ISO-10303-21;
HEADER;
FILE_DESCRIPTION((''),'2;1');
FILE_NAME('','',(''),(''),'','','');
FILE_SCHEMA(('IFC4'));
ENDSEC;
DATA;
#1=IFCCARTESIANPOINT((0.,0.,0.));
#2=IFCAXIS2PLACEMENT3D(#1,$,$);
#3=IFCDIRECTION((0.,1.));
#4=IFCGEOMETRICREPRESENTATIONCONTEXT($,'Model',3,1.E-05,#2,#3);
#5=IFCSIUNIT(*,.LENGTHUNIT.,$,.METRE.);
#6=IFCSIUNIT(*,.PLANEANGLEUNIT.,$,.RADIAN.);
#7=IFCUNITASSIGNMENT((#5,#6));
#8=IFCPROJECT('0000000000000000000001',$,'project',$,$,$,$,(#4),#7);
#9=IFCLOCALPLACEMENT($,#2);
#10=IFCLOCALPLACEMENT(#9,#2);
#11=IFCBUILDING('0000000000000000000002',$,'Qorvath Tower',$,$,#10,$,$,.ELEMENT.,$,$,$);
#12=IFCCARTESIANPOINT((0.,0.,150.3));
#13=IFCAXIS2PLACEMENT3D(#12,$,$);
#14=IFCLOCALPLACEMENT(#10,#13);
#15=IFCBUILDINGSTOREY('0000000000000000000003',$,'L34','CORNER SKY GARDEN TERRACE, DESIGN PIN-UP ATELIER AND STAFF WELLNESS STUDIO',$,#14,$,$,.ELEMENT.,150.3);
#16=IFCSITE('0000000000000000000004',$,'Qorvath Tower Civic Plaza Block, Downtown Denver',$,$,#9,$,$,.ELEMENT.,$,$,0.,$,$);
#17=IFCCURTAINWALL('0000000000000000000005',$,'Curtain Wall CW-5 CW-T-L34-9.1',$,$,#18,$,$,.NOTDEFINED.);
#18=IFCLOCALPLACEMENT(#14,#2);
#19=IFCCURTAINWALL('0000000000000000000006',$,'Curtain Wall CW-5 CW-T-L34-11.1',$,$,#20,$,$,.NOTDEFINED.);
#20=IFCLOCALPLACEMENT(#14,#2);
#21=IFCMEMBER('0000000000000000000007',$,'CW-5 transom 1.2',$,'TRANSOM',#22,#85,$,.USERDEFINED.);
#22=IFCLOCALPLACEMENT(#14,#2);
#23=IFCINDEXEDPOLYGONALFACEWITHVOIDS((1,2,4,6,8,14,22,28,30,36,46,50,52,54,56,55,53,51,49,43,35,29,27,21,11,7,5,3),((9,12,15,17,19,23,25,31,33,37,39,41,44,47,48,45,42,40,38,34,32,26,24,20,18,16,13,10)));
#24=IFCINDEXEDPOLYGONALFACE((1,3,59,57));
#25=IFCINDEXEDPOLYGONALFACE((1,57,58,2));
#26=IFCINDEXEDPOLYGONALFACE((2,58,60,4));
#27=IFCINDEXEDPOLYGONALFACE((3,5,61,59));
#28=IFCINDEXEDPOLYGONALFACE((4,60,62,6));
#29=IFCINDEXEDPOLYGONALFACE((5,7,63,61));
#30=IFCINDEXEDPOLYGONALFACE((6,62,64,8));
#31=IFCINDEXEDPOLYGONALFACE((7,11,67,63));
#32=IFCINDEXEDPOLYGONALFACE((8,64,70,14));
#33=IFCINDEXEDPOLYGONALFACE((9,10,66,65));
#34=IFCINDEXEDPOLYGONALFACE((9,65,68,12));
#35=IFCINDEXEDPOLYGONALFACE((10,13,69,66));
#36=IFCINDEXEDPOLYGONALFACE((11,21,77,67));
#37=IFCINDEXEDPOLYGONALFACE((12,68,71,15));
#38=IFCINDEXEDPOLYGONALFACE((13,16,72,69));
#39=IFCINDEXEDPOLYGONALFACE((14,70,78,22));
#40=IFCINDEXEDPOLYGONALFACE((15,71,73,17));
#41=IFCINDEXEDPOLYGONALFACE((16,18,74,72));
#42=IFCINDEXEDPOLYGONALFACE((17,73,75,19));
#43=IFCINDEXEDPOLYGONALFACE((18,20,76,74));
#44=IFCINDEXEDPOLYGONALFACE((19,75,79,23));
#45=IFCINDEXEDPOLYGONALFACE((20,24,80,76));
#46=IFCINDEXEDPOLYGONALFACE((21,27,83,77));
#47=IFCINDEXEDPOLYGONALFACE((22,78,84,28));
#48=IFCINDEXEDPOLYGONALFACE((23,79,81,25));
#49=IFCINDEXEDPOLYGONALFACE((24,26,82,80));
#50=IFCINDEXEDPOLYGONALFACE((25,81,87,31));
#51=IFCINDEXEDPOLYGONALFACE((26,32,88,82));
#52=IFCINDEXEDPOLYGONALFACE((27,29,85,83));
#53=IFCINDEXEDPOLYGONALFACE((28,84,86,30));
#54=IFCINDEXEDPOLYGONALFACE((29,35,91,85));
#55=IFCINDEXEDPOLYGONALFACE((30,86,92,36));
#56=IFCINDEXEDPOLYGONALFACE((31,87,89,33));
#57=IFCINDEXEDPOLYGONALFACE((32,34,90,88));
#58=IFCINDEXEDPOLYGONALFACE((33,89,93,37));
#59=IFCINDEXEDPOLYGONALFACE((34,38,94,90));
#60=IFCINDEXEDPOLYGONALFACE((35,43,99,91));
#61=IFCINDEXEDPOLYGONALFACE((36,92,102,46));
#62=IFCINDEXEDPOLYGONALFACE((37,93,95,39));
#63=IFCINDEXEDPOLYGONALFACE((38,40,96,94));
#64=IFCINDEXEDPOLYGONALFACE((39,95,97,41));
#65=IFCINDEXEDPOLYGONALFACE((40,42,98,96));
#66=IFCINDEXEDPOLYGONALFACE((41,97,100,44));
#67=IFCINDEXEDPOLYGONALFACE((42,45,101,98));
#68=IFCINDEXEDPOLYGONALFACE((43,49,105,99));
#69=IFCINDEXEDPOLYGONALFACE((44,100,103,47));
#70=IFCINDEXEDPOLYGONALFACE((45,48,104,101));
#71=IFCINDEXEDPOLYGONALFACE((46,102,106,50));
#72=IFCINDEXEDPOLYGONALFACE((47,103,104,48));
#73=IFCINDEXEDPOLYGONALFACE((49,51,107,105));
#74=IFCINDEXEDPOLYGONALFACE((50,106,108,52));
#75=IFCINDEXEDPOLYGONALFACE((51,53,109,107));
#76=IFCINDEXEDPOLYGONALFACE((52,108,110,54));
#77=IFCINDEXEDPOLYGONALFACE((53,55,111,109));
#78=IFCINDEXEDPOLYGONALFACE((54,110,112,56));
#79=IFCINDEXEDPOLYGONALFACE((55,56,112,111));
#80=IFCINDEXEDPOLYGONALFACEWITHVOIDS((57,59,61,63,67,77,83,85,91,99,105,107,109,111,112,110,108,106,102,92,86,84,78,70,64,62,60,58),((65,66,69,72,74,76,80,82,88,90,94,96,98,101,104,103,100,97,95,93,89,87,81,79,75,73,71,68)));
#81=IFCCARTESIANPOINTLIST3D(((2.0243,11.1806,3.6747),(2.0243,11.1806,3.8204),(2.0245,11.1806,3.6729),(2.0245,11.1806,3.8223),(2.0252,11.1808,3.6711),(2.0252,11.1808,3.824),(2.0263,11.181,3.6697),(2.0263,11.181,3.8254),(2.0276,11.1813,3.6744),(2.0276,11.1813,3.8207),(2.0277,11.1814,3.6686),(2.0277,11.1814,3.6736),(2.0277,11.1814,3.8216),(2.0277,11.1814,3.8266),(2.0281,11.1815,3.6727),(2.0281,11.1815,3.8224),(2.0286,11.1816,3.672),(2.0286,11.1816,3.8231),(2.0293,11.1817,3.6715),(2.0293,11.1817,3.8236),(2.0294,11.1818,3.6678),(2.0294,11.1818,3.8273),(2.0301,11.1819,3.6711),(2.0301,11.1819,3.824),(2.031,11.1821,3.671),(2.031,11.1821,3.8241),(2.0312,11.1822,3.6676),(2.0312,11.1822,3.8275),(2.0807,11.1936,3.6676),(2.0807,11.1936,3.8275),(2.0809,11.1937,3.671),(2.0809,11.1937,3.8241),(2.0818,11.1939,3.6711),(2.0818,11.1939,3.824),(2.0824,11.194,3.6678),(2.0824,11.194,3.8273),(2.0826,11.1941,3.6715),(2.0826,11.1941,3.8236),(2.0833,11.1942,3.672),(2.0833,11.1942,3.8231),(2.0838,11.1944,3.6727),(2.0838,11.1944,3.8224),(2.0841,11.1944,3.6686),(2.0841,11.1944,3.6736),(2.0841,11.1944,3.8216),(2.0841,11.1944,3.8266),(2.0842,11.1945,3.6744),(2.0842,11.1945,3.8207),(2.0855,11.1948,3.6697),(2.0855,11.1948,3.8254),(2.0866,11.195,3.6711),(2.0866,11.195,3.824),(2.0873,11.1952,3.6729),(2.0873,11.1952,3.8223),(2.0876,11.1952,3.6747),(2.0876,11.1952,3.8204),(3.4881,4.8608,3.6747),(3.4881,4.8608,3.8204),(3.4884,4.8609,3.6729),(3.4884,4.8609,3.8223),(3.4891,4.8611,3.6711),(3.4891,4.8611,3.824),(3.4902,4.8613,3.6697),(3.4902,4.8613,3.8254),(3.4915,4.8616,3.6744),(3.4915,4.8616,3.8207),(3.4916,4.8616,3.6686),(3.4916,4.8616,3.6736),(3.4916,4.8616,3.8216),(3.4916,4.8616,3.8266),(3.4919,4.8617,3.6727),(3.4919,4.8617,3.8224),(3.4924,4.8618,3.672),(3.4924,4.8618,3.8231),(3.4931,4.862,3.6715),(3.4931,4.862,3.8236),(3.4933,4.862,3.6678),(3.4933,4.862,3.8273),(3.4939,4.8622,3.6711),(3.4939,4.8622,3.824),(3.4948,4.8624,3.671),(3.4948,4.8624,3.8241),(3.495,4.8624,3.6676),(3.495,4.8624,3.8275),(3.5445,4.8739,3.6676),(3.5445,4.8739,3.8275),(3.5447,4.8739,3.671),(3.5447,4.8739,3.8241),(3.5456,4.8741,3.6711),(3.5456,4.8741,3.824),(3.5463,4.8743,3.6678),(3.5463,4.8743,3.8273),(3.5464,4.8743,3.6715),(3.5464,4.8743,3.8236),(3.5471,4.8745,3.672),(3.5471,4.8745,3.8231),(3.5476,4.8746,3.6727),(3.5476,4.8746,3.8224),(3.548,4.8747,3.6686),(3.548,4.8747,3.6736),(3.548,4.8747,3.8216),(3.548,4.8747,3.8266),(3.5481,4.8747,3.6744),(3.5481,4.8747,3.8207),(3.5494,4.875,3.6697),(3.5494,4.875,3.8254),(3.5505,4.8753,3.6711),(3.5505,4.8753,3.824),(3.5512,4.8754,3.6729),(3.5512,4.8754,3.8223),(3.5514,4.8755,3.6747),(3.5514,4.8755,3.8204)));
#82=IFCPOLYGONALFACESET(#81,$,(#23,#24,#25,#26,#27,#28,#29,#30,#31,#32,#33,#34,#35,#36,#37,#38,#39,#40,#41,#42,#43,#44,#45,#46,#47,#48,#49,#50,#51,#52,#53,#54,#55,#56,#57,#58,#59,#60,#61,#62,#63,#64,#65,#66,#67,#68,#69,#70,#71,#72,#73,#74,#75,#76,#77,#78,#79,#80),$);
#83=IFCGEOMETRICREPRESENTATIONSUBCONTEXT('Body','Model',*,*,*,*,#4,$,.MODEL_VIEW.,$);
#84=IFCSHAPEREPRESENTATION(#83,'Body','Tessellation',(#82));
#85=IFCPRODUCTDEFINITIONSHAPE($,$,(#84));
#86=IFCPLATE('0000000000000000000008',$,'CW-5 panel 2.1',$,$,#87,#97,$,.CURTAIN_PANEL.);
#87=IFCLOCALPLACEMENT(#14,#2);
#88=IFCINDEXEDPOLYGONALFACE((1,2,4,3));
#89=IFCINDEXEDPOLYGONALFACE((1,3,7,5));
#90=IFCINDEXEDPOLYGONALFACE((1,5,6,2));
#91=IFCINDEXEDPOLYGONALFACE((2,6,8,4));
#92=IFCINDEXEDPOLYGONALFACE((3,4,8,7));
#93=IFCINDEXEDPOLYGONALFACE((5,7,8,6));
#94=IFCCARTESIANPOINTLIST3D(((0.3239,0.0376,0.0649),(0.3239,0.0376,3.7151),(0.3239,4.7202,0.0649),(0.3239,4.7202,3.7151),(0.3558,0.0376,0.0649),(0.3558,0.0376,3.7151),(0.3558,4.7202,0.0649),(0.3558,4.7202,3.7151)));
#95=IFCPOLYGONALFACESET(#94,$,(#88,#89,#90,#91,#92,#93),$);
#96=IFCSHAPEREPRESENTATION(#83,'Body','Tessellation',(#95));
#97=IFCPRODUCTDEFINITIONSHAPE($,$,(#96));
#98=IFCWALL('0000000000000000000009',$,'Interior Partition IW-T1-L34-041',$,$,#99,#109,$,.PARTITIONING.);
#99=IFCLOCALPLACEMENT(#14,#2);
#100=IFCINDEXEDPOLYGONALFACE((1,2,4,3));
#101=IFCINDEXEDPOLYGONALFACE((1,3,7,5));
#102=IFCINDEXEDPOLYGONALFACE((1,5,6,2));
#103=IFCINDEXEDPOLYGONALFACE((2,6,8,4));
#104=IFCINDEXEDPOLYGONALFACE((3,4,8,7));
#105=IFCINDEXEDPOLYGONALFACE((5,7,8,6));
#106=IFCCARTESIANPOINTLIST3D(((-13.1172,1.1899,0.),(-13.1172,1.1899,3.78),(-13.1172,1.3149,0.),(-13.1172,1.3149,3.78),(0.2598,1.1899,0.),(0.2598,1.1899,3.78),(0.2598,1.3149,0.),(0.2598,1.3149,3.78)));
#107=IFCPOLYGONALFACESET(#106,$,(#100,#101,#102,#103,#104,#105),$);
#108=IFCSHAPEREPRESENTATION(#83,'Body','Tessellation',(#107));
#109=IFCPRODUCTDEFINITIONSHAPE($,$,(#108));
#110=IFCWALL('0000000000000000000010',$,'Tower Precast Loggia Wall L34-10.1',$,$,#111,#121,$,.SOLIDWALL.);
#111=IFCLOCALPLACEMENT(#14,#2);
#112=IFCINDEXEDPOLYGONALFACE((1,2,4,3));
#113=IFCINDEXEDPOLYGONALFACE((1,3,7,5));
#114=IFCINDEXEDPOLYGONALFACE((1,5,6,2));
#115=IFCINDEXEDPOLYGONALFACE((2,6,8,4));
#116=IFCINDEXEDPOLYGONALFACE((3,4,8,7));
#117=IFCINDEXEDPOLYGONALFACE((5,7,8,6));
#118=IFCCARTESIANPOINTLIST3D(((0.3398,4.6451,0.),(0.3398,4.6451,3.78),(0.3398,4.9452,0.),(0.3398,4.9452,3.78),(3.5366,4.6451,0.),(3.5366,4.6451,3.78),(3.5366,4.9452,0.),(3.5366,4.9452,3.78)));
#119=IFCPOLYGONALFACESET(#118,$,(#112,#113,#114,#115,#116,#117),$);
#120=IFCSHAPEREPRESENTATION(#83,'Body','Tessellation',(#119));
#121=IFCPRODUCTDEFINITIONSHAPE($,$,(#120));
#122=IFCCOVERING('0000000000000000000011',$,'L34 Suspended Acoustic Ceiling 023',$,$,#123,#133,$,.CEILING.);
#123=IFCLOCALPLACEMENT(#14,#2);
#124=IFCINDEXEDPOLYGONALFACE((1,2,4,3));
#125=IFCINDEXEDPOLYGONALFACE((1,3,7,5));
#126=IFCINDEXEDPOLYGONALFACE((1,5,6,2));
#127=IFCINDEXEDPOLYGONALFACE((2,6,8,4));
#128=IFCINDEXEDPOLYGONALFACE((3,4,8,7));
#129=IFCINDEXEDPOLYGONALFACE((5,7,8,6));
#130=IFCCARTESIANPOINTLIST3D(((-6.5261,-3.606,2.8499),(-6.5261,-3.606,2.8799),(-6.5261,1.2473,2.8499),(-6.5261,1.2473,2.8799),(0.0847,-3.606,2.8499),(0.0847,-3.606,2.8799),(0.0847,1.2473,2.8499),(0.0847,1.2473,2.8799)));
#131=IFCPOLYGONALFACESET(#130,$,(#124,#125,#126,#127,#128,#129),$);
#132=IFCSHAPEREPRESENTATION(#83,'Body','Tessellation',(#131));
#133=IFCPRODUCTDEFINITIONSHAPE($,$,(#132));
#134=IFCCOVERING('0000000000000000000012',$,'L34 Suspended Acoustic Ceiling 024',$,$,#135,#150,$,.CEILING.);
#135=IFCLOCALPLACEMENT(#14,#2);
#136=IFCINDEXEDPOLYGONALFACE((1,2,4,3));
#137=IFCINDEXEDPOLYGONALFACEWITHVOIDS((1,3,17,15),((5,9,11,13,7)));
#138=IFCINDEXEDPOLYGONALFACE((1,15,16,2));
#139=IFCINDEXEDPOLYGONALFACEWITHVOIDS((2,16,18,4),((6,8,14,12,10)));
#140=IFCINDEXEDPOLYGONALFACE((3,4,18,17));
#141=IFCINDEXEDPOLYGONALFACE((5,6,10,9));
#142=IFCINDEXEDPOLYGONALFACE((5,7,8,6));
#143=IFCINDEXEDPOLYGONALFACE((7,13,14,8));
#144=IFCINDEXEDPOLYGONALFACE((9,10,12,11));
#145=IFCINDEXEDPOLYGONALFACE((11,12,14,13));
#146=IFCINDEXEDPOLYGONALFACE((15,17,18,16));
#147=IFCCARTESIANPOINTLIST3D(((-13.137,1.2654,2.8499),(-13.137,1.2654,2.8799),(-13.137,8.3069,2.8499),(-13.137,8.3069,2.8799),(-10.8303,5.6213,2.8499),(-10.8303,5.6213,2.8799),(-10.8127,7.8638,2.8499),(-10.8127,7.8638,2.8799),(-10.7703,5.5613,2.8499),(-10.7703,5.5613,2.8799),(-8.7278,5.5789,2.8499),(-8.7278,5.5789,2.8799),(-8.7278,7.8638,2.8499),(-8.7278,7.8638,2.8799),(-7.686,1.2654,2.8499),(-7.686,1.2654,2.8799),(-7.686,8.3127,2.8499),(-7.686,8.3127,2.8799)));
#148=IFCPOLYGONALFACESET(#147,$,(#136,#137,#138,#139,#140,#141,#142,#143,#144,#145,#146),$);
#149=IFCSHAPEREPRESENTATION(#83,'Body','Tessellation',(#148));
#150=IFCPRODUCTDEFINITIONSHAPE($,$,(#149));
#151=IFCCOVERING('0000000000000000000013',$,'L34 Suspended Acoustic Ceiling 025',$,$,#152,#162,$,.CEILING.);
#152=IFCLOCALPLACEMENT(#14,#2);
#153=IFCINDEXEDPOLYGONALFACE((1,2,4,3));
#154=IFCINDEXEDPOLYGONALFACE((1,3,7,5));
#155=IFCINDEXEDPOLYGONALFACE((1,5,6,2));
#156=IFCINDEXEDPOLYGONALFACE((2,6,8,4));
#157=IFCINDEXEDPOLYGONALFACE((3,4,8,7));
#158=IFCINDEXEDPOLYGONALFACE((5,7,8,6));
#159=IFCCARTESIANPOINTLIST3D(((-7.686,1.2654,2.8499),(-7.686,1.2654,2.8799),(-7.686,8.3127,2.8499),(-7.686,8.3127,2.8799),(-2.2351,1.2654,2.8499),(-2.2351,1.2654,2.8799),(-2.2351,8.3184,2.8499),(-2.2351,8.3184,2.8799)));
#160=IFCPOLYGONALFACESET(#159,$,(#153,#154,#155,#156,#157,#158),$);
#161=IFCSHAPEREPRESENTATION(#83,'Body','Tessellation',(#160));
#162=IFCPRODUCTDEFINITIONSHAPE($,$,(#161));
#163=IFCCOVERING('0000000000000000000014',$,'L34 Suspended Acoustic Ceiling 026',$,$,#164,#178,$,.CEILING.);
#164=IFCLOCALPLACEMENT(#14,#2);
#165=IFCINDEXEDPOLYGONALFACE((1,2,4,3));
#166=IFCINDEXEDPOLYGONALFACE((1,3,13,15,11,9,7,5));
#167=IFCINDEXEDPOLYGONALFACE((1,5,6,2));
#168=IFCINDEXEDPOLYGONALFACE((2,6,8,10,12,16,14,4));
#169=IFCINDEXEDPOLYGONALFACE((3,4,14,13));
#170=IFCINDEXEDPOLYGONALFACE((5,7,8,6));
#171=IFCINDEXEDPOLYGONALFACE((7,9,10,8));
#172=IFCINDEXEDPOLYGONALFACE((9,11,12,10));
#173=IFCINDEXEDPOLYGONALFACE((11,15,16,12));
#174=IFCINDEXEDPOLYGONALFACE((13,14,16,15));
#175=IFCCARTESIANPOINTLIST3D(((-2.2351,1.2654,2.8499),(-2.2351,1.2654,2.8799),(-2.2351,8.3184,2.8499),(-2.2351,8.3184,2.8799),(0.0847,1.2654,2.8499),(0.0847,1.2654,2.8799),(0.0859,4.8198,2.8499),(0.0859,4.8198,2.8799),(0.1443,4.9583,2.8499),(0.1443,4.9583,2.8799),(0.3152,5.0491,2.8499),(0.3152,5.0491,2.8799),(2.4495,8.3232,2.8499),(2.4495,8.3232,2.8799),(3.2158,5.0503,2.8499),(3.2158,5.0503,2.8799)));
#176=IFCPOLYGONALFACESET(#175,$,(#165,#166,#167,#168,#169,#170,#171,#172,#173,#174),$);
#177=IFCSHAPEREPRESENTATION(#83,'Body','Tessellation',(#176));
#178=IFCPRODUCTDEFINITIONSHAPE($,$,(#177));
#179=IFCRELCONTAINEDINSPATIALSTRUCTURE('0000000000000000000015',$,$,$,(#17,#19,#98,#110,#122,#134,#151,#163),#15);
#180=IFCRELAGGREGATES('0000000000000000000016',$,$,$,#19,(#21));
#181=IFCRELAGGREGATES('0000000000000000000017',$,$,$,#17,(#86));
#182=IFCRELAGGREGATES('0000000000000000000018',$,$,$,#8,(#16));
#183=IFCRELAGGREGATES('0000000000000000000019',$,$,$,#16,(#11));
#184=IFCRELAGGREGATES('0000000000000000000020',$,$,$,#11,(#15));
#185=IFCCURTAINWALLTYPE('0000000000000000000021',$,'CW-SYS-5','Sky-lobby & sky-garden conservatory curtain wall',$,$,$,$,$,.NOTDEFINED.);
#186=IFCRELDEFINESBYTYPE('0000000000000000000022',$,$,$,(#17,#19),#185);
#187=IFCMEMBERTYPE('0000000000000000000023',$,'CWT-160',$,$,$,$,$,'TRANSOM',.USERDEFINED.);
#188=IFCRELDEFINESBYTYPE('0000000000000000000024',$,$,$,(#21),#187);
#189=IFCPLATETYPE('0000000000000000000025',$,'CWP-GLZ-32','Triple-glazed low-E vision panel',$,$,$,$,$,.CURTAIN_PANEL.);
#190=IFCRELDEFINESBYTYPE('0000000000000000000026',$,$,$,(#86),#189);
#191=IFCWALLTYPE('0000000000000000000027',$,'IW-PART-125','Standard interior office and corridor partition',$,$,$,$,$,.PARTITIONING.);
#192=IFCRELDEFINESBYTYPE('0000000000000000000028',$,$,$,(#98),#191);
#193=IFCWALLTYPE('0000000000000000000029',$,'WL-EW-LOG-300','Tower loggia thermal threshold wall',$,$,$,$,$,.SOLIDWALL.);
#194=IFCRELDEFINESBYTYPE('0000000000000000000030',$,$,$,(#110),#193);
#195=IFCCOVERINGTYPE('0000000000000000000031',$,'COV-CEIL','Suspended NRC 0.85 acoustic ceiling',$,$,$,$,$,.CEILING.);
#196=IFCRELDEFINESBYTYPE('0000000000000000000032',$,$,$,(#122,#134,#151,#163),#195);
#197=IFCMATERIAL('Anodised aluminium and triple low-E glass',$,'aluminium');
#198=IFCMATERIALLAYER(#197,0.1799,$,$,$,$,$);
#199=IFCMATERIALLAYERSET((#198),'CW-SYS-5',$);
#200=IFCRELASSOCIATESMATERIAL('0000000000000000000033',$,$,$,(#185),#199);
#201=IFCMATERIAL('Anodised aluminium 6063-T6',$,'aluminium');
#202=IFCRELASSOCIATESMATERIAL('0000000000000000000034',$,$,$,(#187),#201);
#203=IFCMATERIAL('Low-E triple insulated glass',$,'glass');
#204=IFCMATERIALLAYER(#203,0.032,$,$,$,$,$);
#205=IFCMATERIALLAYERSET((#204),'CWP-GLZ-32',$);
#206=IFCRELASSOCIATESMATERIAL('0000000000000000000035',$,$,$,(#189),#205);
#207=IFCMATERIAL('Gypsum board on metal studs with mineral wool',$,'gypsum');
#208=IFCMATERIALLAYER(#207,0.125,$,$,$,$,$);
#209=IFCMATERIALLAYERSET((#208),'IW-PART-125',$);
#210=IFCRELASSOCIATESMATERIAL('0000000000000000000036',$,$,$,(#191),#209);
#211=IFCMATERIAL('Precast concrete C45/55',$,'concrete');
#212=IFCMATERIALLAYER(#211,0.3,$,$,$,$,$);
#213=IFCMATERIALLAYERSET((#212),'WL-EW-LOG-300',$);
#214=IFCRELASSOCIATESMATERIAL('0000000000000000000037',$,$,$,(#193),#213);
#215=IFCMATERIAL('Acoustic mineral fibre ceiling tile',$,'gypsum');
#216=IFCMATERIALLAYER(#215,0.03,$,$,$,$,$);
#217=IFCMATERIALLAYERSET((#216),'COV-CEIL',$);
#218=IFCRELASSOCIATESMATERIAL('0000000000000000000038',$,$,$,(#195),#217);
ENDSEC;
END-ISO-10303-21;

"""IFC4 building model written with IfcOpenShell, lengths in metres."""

from ifc_helpers import new_model, si_unit, direction, frame, frame_2d, origin, origin_2d, place, context, subcontext, project, spatial, polyline, rectangle, hollow_rectangle, outline, extrude, material, layer, layer_set, material_profile, profile_set, type_object, element, aggregate, save


model = new_model("IFC4")

# Units and contexts
model_context = context("Model", 3, precision=1e-05, world=origin(), true_north=direction((0.0, 1.0)))
body_context = subcontext(model_context, "Body", "Model", "MODEL_VIEW")
ifc_project = project(units=[si_unit("LENGTHUNIT", "METRE"), si_unit("PLANEANGLEUNIT", "RADIAN")], contexts=[model_context])

# Site, building, storey
site_placement = place(None, origin())
site = spatial("IfcSite", under=ifc_project, at=site_placement, Name="Qorvath Tower Civic Plaza Block, Downtown Denver", CompositionType="ELEMENT", RefElevation=0.0)
building_placement = place(site_placement, origin())
building = spatial("IfcBuilding", under=site, at=building_placement, Name="Qorvath Tower", CompositionType="ELEMENT")
storey_placement = place(building_placement, frame((0.0, 0.0, 150.3)))
storey = spatial("IfcBuildingStorey", under=building, at=storey_placement, Name="L34", Description="CORNER SKY GARDEN TERRACE, DESIGN PIN-UP ATELIER AND STAFF WELLNESS STUDIO", CompositionType="ELEMENT", Elevation=150.3)

# Curtain wall
ifc_material_1 = material(Name="Anodised aluminium and triple low-E glass", Category="aluminium")
ifc_layer_1 = layer(ifc_material_1, 0.1799)
ifc_layer_set_1 = layer_set([ifc_layer_1], Name="CW-SYS-5")
curtain_wall_type = type_object("IfcCurtainWallType", Name="CW-SYS-5", Description="Sky-lobby & sky-garden conservatory curtain wall", PredefinedType="NOTDEFINED", material=ifc_layer_set_1)
curtain_wall_1_placement = place(storey_placement, origin())
curtain_wall_1 = element("IfcCurtainWall", 1, at=curtain_wall_1_placement, inside=storey, type_object=curtain_wall_type, Name="Curtain Wall CW-5 CW-T-L34-9.1", PredefinedType="NOTDEFINED")

# Curtain wall
curtain_wall_2_placement = place(storey_placement, origin())
curtain_wall_2 = element("IfcCurtainWall", 2, at=curtain_wall_2_placement, inside=storey, type_object=curtain_wall_type, Name="Curtain Wall CW-5 CW-T-L34-11.1", PredefinedType="NOTDEFINED")

# Member
ifc_material_2 = material(Name="Anodised aluminium 6063-T6", Category="aluminium")
ifc_material_profile_1 = material_profile(ifc_material_2, hollow_rectangle(XDim=0.0649, YDim=0.1599, WallThickness=0.0034, InnerFilletRadius=0.0034, OuterFilletRadius=0.0071, at=origin_2d()), Name="CWT 160x65")
ifc_profile_set_1 = profile_set([ifc_material_profile_1], Name="Anodised aluminium 6063-T6")
member_type_1 = type_object("IfcMemberType", Name="CWT-160", ElementType="TRANSOM", PredefinedType="USERDEFINED", material=ifc_profile_set_1)
member_1_placement = place(storey_placement, frame((3.5198, 4.8682, 3.7476), z_axis=(-0.225657, 0.974207, 0.0), x_axis=(-0.974207, -0.225657, 0.0)))
member_1 = element("IfcMember", 3, at=member_1_placement, type_object=member_type_1, Name="CW-5 transom 1.2", ObjectType="TRANSOM", PredefinedType="USERDEFINED", context=body_context, shape_type="SweptSolid", body=[
    extrude(hollow_rectangle(XDim=0.0649, YDim=0.1599, WallThickness=0.0034, InnerFilletRadius=0.0034, OuterFilletRadius=0.0071, at=origin_2d()), origin(), (0.0, 0.0, 1.0), 6.4871),
])
aggregate(curtain_wall_2, [member_1])

# Plate
ifc_material_3 = material(Name="Low-E triple insulated glass", Category="glass")
ifc_layer_2 = layer(ifc_material_3, 0.032)
ifc_layer_set_2 = layer_set([ifc_layer_2], Name="CWP-GLZ-32")
plate_type = type_object("IfcPlateType", Name="CWP-GLZ-32", Description="Triple-glazed low-E vision panel", PredefinedType="CURTAIN_PANEL", material=ifc_layer_set_2)
plate_placement = place(storey_placement, frame((0.3398, 2.3789, 0.0649), z_axis=(0.0, 0.0, 1.0), x_axis=(0.0, 1.0, 0.0)))
plate = element("IfcPlate", 4, at=plate_placement, type_object=plate_type, Name="CW-5 panel 2.1", PredefinedType="CURTAIN_PANEL", context=body_context, shape_type="SweptSolid", body=[
    extrude(rectangle(XDim=4.6826, YDim=0.032, at=origin_2d()), origin(), (0.0, 0.0, 1.0), 3.6501),
])
aggregate(curtain_wall_1, [plate])

# Walls
ifc_material_4 = material(Name="Gypsum board on metal studs with mineral wool", Category="gypsum")
ifc_layer_3 = layer(ifc_material_4, 0.125)
ifc_layer_set_3 = layer_set([ifc_layer_3], Name="IW-PART-125")
wall_type_1 = type_object("IfcWallType", Name="IW-PART-125", Description="Standard interior office and corridor partition", PredefinedType="PARTITIONING", material=ifc_layer_set_3)
wall_1_placement = place(storey_placement, frame((0.2598, 1.2524, 0.0), z_axis=(0.0, 0.0, 1.0), x_axis=(-1.0, 0.0, 0.0)))
element("IfcWall", 5, at=wall_1_placement, inside=storey, type_object=wall_type_1, Name="Interior Partition IW-T1-L34-041", PredefinedType="PARTITIONING", context=body_context, shape_type="SweptSolid", body=[
    extrude(rectangle(XDim=13.377, YDim=0.125, at=frame_2d((6.6885, 0.0))), origin(), (0.0, 0.0, 1.0), 3.78),
])
ifc_material_5 = material(Name="Precast concrete C45/55", Category="concrete")
ifc_layer_4 = layer(ifc_material_5, 0.3)
ifc_layer_set_4 = layer_set([ifc_layer_4], Name="WL-EW-LOG-300")
wall_type_2 = type_object("IfcWallType", Name="WL-EW-LOG-300", Description="Tower loggia thermal threshold wall", PredefinedType="SOLIDWALL", material=ifc_layer_set_4)
wall_2_placement = place(storey_placement, frame((0.3398, 4.7952, 0.0), z_axis=(0.0, 0.0, 1.0), x_axis=(1.0, 0.0, 0.0)))
element("IfcWall", 6, at=wall_2_placement, inside=storey, type_object=wall_type_2, Name="Tower Precast Loggia Wall L34-10.1", PredefinedType="SOLIDWALL", context=body_context, shape_type="SweptSolid", body=[
    extrude(rectangle(XDim=3.1968, YDim=0.3, at=frame_2d((1.5984, 0.0))), origin(), (0.0, 0.0, 1.0), 3.78),
])

# Coverings
ifc_material_6 = material(Name="Acoustic mineral fibre ceiling tile", Category="gypsum")
ifc_layer_5 = layer(ifc_material_6, 0.03)
ifc_layer_set_5 = layer_set([ifc_layer_5], Name="COV-CEIL")
covering_type_1 = type_object("IfcCoveringType", Name="COV-CEIL", Description="Suspended NRC 0.85 acoustic ceiling", PredefinedType="CEILING", material=ifc_layer_set_5)
covering_1_placement = place(storey_placement, frame((0.0, 0.0, 2.8499)))
element("IfcCovering", 7, at=covering_1_placement, inside=storey, type_object=covering_type_1, Name="L34 Suspended Acoustic Ceiling 023", PredefinedType="CEILING", context=body_context, shape_type="SweptSolid", body=[
    extrude(outline(polyline([(-6.5261, 1.2473), (-6.5261, -3.606), (0.0847, -3.606), (0.0847, 1.2473), (-6.5261, 1.2473)])), origin(), (0.0, 0.0, 1.0), 0.03),
])
covering_2_placement = place(storey_placement, frame((0.0, 0.0, 2.8499)))
element("IfcCovering", 8, at=covering_2_placement, inside=storey, type_object=covering_type_1, Name="L34 Suspended Acoustic Ceiling 024", PredefinedType="CEILING", context=body_context, shape_type="SweptSolid", body=[
    extrude(outline(polyline([(-7.686, 1.2654), (-7.686, 8.3127), (-13.137, 8.3069), (-13.137, 1.2654), (-7.686, 1.2654)]), holes=[polyline([(-10.8303, 5.6213), (-10.8127, 7.8638), (-8.7278, 7.8638), (-8.7278, 5.5789), (-10.7703, 5.5613), (-10.8303, 5.6213)])]), origin(), (0.0, 0.0, 1.0), 0.03),
])
covering_3_placement = place(storey_placement, frame((0.0, 0.0, 2.8499)))
element("IfcCovering", 9, at=covering_3_placement, inside=storey, type_object=covering_type_1, Name="L34 Suspended Acoustic Ceiling 025", PredefinedType="CEILING", context=body_context, shape_type="SweptSolid", body=[
    extrude(outline(polyline([(-2.2351, 1.2654), (-2.2351, 8.3184), (-7.686, 8.3127), (-7.686, 1.2654), (-2.2351, 1.2654)])), origin(), (0.0, 0.0, 1.0), 0.03),
])
covering_4_placement = place(storey_placement, frame((0.0, 0.0, 2.8499)))
element("IfcCovering", 10, at=covering_4_placement, inside=storey, type_object=covering_type_1, Name="L34 Suspended Acoustic Ceiling 026", PredefinedType="CEILING", context=body_context, shape_type="SweptSolid", body=[
    extrude(outline(polyline([(0.1443, 4.9583), (0.3152, 5.0491), (3.2158, 5.0503), (2.4495, 8.3232), (-2.2351, 8.3184), (-2.2351, 1.2654), (0.0847, 1.2654), (0.0859, 4.8198), (0.1443, 4.9583)])), origin(), (0.0, 0.0, 1.0), 0.03),
])

save(model, "model.ifc")
